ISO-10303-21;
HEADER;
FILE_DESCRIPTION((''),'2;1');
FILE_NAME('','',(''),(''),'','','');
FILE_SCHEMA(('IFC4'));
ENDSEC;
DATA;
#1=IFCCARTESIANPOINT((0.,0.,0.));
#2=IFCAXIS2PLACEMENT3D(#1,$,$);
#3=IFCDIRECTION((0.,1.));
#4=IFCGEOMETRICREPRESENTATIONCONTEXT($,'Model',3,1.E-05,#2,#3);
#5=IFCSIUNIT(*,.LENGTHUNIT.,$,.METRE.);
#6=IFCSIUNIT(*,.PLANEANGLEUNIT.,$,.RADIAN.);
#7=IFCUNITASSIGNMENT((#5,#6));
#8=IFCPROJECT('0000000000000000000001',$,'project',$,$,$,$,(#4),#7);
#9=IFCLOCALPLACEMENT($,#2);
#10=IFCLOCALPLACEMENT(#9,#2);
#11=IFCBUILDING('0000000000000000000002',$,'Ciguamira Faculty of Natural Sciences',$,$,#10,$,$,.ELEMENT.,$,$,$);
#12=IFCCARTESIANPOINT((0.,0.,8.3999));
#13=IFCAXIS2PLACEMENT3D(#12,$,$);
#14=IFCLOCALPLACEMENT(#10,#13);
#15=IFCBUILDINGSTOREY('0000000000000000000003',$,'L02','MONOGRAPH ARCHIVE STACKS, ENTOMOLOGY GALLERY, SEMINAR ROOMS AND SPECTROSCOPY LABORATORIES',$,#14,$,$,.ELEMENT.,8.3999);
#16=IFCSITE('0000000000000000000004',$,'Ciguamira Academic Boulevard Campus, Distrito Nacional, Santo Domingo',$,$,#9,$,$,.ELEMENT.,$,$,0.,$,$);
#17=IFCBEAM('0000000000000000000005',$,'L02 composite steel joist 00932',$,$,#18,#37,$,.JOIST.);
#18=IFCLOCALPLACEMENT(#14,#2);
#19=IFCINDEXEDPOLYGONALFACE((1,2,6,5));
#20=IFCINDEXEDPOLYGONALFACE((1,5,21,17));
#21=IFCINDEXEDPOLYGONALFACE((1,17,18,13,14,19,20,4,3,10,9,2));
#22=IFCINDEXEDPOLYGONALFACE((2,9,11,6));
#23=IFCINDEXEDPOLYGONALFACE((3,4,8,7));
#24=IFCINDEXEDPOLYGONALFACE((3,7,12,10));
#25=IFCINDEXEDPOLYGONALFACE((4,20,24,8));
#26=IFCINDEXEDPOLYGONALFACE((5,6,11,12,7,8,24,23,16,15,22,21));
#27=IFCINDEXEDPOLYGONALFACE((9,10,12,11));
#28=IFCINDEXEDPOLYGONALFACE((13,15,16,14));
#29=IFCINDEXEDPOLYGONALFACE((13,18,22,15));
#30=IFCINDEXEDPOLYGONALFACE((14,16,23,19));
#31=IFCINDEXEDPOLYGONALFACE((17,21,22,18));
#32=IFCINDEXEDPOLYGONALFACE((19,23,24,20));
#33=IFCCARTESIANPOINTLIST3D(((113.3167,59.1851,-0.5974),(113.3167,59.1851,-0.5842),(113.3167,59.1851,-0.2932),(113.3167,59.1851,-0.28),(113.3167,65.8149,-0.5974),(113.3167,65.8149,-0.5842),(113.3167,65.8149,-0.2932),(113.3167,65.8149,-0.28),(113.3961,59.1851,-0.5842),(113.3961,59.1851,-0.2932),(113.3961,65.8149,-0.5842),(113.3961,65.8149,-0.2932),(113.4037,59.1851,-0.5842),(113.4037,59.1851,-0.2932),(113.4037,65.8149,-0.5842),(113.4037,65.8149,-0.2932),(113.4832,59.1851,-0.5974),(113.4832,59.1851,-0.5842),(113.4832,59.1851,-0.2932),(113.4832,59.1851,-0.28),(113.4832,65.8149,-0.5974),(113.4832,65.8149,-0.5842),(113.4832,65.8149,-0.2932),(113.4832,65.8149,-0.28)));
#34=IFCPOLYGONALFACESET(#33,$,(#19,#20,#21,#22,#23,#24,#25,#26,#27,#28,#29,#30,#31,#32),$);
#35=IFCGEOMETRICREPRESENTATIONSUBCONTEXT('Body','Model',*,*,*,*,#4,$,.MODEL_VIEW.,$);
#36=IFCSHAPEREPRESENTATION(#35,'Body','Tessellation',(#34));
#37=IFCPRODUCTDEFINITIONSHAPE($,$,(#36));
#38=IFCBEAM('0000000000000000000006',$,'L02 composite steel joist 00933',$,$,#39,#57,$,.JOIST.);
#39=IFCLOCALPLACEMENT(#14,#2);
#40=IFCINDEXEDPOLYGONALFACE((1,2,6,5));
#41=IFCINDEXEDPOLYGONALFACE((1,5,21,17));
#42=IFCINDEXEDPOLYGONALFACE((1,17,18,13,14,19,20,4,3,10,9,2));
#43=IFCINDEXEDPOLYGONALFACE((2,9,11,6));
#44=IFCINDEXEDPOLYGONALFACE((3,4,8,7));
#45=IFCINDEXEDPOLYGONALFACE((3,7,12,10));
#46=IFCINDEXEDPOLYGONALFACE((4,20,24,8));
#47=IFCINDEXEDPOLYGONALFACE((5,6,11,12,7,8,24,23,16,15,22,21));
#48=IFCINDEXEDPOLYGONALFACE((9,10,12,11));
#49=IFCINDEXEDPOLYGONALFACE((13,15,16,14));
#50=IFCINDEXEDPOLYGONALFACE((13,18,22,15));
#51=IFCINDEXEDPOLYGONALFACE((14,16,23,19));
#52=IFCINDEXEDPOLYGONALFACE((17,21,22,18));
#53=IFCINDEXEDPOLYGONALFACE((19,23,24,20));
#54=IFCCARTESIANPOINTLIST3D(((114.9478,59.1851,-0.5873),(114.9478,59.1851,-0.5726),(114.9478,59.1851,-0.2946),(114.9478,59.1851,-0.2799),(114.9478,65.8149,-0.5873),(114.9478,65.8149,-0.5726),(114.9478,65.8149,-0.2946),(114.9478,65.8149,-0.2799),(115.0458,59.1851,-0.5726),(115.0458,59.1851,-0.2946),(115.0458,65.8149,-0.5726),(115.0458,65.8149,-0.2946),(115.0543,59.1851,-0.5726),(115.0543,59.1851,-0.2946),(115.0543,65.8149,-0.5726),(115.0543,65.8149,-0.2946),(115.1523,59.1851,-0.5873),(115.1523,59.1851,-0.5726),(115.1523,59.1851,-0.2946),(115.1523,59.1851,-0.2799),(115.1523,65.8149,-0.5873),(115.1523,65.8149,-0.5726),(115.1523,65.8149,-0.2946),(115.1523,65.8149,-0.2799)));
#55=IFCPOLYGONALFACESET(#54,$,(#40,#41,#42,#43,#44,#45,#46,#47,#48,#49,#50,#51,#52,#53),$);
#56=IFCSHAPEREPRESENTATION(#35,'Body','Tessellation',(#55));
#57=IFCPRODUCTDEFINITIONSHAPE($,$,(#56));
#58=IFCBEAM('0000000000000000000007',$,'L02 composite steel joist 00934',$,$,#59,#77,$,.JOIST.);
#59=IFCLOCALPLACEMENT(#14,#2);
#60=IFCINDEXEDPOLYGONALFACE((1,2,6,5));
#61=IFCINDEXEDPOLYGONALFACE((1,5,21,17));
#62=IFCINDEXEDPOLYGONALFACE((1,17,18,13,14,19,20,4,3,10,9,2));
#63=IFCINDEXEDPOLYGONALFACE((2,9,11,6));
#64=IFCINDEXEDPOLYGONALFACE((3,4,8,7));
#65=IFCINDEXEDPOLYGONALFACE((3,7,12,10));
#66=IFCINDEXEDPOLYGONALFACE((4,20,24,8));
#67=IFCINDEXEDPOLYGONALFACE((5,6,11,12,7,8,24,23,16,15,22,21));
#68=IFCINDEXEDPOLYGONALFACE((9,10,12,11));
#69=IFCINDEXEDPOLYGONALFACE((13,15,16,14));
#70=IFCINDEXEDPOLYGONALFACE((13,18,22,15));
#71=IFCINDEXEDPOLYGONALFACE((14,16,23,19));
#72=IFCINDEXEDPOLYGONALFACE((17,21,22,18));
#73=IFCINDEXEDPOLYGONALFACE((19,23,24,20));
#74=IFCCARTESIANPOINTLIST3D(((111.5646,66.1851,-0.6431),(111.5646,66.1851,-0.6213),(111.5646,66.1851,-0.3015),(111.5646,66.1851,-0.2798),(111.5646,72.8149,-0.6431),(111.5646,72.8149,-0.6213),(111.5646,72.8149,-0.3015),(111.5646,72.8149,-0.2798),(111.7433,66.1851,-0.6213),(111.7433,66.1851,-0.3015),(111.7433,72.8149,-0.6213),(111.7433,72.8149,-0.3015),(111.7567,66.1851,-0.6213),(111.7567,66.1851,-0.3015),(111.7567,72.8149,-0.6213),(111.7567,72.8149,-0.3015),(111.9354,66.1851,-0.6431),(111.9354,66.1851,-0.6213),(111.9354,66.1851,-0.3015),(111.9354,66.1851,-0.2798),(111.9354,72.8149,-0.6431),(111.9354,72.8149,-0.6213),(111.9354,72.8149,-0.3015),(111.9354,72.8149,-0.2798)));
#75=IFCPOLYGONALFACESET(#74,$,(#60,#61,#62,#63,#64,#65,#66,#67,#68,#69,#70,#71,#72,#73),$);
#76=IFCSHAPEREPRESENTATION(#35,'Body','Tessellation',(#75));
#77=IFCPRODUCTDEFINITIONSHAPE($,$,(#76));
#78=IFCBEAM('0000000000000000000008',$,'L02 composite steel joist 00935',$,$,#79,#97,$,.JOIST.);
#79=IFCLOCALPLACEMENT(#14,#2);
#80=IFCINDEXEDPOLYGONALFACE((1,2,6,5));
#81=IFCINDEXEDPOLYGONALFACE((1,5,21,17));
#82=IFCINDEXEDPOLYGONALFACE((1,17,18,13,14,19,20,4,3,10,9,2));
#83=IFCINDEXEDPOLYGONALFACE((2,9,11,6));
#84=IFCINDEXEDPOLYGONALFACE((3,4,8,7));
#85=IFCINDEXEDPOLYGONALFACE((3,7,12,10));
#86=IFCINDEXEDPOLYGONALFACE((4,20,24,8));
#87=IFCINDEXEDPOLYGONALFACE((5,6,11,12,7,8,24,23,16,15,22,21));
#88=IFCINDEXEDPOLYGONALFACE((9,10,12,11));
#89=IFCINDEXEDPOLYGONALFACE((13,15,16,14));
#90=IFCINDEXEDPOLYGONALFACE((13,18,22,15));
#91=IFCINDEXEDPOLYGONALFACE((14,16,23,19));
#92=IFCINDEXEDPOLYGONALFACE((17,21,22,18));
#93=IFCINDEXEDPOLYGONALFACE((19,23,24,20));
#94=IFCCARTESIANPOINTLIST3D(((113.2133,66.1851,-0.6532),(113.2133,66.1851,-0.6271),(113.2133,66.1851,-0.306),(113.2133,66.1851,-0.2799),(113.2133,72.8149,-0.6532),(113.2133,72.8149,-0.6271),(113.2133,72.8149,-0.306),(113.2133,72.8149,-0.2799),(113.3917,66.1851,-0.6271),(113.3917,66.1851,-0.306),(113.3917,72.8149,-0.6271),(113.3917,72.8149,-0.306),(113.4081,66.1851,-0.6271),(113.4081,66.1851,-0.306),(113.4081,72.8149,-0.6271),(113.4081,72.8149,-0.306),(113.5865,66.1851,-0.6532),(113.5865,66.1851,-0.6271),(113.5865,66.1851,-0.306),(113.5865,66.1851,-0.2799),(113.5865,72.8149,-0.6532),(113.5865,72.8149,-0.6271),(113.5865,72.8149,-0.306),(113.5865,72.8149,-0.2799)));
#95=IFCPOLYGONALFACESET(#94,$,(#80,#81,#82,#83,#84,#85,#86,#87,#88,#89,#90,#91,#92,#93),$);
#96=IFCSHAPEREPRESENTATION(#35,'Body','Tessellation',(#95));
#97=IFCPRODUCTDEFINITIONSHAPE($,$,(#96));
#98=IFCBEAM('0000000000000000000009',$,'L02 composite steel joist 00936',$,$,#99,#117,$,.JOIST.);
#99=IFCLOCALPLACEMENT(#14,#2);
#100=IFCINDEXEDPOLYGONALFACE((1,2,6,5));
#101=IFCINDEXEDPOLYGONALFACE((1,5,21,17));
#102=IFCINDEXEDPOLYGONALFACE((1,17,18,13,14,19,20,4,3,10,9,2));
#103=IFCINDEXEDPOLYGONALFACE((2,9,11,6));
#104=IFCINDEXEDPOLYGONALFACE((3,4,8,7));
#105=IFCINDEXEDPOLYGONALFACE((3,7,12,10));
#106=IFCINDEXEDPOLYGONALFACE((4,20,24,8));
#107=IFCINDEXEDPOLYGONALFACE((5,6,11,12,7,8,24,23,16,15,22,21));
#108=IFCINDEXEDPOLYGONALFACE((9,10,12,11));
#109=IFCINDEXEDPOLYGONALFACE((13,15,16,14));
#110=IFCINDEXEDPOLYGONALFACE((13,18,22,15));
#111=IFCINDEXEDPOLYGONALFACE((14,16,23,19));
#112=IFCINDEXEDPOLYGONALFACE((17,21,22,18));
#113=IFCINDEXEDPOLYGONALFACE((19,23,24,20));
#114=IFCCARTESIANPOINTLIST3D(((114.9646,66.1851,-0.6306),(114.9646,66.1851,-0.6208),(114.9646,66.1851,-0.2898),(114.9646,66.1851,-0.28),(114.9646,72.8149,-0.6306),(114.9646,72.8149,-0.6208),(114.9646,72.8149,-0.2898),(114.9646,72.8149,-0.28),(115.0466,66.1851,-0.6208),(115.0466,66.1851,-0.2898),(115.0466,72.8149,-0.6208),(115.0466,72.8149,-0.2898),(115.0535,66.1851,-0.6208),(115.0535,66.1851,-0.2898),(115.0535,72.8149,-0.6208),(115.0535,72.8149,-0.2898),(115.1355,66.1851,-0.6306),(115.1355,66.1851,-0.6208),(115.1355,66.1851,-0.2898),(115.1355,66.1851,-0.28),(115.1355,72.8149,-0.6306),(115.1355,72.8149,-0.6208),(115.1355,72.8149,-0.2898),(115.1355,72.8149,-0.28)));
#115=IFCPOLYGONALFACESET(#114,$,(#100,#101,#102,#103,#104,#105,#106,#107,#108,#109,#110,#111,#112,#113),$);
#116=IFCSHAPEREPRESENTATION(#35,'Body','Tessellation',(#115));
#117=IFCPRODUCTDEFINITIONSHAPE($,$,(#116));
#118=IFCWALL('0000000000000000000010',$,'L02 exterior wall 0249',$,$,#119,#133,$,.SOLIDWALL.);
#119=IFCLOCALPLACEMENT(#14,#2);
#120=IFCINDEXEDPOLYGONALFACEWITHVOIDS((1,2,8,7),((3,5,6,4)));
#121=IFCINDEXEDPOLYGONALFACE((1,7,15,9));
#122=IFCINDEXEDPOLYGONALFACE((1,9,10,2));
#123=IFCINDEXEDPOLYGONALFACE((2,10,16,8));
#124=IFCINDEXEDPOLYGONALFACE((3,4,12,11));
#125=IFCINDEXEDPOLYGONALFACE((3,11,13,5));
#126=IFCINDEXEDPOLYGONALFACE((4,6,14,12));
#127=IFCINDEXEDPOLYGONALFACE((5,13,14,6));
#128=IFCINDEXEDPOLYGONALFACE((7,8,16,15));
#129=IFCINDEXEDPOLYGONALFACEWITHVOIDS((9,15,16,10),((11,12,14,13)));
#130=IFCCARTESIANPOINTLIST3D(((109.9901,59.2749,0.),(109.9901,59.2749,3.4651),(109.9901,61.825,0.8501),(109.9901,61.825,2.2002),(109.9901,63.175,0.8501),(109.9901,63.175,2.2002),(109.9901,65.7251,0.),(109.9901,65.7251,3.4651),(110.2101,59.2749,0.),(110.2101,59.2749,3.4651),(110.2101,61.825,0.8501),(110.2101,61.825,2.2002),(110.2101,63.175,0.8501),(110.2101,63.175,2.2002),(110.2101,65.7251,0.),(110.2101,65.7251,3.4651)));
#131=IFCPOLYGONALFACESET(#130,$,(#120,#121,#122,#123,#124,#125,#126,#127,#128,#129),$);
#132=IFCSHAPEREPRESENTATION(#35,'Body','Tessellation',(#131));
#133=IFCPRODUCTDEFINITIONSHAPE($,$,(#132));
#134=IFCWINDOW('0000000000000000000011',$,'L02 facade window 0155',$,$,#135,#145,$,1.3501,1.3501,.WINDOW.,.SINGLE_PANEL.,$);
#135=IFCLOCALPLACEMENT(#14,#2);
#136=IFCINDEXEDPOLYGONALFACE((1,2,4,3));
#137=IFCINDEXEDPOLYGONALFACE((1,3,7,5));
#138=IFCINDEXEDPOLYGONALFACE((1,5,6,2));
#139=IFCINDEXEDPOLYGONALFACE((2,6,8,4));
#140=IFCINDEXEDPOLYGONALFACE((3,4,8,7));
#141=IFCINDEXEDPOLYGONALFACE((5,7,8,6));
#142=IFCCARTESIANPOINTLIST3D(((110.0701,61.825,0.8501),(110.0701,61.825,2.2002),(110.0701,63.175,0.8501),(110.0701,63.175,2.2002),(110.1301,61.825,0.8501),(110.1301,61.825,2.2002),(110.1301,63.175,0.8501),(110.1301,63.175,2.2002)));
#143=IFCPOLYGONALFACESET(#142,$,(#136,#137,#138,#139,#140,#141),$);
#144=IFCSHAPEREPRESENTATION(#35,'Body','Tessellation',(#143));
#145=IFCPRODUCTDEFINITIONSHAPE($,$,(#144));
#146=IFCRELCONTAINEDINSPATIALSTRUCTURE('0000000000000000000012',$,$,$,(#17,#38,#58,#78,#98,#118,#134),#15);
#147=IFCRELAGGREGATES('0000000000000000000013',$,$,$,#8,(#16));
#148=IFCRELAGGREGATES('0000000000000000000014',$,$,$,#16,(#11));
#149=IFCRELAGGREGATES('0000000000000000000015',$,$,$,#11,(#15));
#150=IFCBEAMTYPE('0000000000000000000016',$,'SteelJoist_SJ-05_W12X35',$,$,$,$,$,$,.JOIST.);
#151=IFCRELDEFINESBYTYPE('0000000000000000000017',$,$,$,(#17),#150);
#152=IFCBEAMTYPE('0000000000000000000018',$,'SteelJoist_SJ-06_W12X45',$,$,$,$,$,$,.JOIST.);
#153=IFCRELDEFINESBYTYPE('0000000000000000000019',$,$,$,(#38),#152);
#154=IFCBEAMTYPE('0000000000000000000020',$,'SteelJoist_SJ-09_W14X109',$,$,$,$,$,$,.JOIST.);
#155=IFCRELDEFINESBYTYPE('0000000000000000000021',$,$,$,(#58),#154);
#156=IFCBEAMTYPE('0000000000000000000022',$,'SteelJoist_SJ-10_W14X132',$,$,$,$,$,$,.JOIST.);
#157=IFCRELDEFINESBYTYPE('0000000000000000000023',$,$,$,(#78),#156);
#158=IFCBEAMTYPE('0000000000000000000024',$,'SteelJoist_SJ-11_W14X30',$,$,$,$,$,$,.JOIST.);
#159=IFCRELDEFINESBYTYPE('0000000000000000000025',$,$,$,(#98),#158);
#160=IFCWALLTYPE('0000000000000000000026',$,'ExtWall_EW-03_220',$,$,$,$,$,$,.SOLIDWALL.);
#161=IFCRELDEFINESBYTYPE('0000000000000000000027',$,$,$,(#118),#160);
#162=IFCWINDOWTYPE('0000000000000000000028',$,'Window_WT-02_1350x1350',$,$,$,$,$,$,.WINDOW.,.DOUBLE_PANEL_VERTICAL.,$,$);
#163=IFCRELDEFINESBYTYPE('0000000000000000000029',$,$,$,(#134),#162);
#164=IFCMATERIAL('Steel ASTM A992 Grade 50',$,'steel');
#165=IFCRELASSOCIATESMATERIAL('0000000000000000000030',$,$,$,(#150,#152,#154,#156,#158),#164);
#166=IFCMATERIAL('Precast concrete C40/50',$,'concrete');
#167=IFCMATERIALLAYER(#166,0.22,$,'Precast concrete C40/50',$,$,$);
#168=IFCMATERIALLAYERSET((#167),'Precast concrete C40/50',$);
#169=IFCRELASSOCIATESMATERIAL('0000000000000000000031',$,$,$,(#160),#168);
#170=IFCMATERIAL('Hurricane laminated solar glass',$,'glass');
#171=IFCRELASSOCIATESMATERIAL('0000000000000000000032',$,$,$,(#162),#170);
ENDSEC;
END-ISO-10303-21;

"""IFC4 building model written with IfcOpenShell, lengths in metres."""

from ifc_helpers import new_model, si_unit, direction, frame, frame_2d, origin, origin_2d, place, context, subcontext, project, spatial, rectangle, i_section, extrude, material, layer, layer_set, material_profile, profile_set, type_object, element, fill, save


model = new_model("IFC4")

# Units and contexts
model_context = context("Model", 3, precision=1e-05, world=origin(), true_north=direction((0.0, 1.0)))
body_context = subcontext(model_context, "Body", "Model", "MODEL_VIEW")
ifc_project = project(units=[si_unit("LENGTHUNIT", "METRE"), si_unit("PLANEANGLEUNIT", "RADIAN")], contexts=[model_context])

# Site, building, storey
site_placement = place(None, origin())
site = spatial("IfcSite", under=ifc_project, at=site_placement, Name="Ciguamira Academic Boulevard Campus, Distrito Nacional, Santo Domingo", CompositionType="ELEMENT", RefElevation=0.0)
building_placement = place(site_placement, origin())
building = spatial("IfcBuilding", under=site, at=building_placement, Name="Ciguamira Faculty of Natural Sciences", CompositionType="ELEMENT")
storey_placement = place(building_placement, frame((0.0, 0.0, 8.3999)))
storey = spatial("IfcBuildingStorey", under=building, at=storey_placement, Name="L02", Description="MONOGRAPH ARCHIVE STACKS, ENTOMOLOGY GALLERY, SEMINAR ROOMS AND SPECTROSCOPY LABORATORIES", CompositionType="ELEMENT", Elevation=8.3999)

# Beams
ifc_material_1 = material(Name="Precast concrete C40/50", Category="concrete")
ifc_material_2 = material(Name="Steel ASTM A992 Grade 50", Category="steel")
ifc_material_profile_1 = material_profile(ifc_material_2, i_section(OverallWidth=0.1665, OverallDepth=0.3174, WebThickness=0.0076, FlangeThickness=0.0132, at=origin_2d()), Name="W12X35")
ifc_profile_set_1 = profile_set([ifc_material_profile_1], Name="Steel ASTM A992 Grade 50")
beam_type_1 = type_object("IfcBeamType", Name="SteelJoist_SJ-05_W12X35", PredefinedType="JOIST", material=ifc_profile_set_1)
beam_1_placement = place(storey_placement, frame((113.3999, 59.1851, -0.4387), z_axis=(0.0, 1.0, 0.0), x_axis=(-1.0, 0.0, 0.0)))
element("IfcBeam", 1, at=beam_1_placement, inside=storey, type_object=beam_type_1, Name="L02 composite steel joist 00932", PredefinedType="JOIST", context=body_context, shape_type="SweptSolid", body=[
    extrude(i_section(OverallWidth=0.1665, OverallDepth=0.3174, WebThickness=0.0076, FlangeThickness=0.0132, at=origin_2d()), origin(), (0.0, 0.0, 1.0), 6.6299),
])
ifc_material_profile_2 = material_profile(ifc_material_2, i_section(OverallWidth=0.2046, OverallDepth=0.3074, WebThickness=0.0085, FlangeThickness=0.0146, at=origin_2d()), Name="W12X45")
ifc_profile_set_2 = profile_set([ifc_material_profile_2], Name="Steel ASTM A992 Grade 50")
beam_type_2 = type_object("IfcBeamType", Name="SteelJoist_SJ-06_W12X45", PredefinedType="JOIST", material=ifc_profile_set_2)
beam_2_placement = place(storey_placement, frame((115.05, 59.1851, -0.4336), z_axis=(0.0, 1.0, 0.0), x_axis=(-1.0, 0.0, 0.0)))
element("IfcBeam", 2, at=beam_2_placement, inside=storey, type_object=beam_type_2, Name="L02 composite steel joist 00933", PredefinedType="JOIST", context=body_context, shape_type="SweptSolid", body=[
    extrude(i_section(OverallWidth=0.2046, OverallDepth=0.3074, WebThickness=0.0085, FlangeThickness=0.0146, at=origin_2d()), origin(), (0.0, 0.0, 1.0), 6.6299),
])
ifc_material_profile_3 = material_profile(ifc_material_2, i_section(OverallWidth=0.3708, OverallDepth=0.3633, WebThickness=0.0134, FlangeThickness=0.0217, at=origin_2d()), Name="W14X109")
ifc_profile_set_3 = profile_set([ifc_material_profile_3], Name="Steel ASTM A992 Grade 50")
beam_type_3 = type_object("IfcBeamType", Name="SteelJoist_SJ-09_W14X109", PredefinedType="JOIST", material=ifc_profile_set_3)
beam_3_placement = place(storey_placement, frame((111.75, 66.1851, -0.4614), z_axis=(0.0, 1.0, 0.0), x_axis=(-1.0, 0.0, 0.0)))
element("IfcBeam", 3, at=beam_3_placement, inside=storey, type_object=beam_type_3, Name="L02 composite steel joist 00934", PredefinedType="JOIST", context=body_context, shape_type="SweptSolid", body=[
    extrude(i_section(OverallWidth=0.3708, OverallDepth=0.3633, WebThickness=0.0134, FlangeThickness=0.0217, at=origin_2d()), origin(), (0.0, 0.0, 1.0), 6.6299),
])
ifc_material_profile_4 = material_profile(ifc_material_2, i_section(OverallWidth=0.3733, OverallDepth=0.3733, WebThickness=0.0164, FlangeThickness=0.0261, at=origin_2d()), Name="W14X132")
ifc_profile_set_4 = profile_set([ifc_material_profile_4], Name="Steel ASTM A992 Grade 50")
beam_type_4 = type_object("IfcBeamType", Name="SteelJoist_SJ-10_W14X132", PredefinedType="JOIST", material=ifc_profile_set_4)
beam_4_placement = place(storey_placement, frame((113.3999, 66.1851, -0.4666), z_axis=(0.0, 1.0, 0.0), x_axis=(-1.0, 0.0, 0.0)))
element("IfcBeam", 4, at=beam_4_placement, inside=storey, type_object=beam_type_4, Name="L02 composite steel joist 00935", PredefinedType="JOIST", context=body_context, shape_type="SweptSolid", body=[
    extrude(i_section(OverallWidth=0.3733, OverallDepth=0.3733, WebThickness=0.0164, FlangeThickness=0.0261, at=origin_2d()), origin(), (0.0, 0.0, 1.0), 6.6299),
])
ifc_material_profile_5 = material_profile(ifc_material_2, i_section(OverallWidth=0.1709, OverallDepth=0.3506, WebThickness=0.0068, FlangeThickness=0.0098, at=origin_2d()), Name="W14X30")
ifc_profile_set_5 = profile_set([ifc_material_profile_5], Name="Steel ASTM A992 Grade 50")
beam_type_5 = type_object("IfcBeamType", Name="SteelJoist_SJ-11_W14X30", PredefinedType="JOIST", material=ifc_profile_set_5)
beam_5_placement = place(storey_placement, frame((115.05, 66.1851, -0.4553), z_axis=(0.0, 1.0, 0.0), x_axis=(-1.0, 0.0, 0.0)))
element("IfcBeam", 5, at=beam_5_placement, inside=storey, type_object=beam_type_5, Name="L02 composite steel joist 00936", PredefinedType="JOIST", context=body_context, shape_type="SweptSolid", body=[
    extrude(i_section(OverallWidth=0.1709, OverallDepth=0.3506, WebThickness=0.0068, FlangeThickness=0.0098, at=origin_2d()), origin(), (0.0, 0.0, 1.0), 6.6299),
])

# Wall, opening, window
ifc_layer = layer(ifc_material_1, 0.22, Name="Precast concrete C40/50")
ifc_layer_set = layer_set([ifc_layer], Name="Precast concrete C40/50")
wall_type = type_object("IfcWallType", Name="ExtWall_EW-03_220", PredefinedType="SOLIDWALL", material=ifc_layer_set)
wall_1_placement = place(storey_placement, frame((110.1001, 59.2749, 0.0), z_axis=(0.0, 0.0, 1.0), x_axis=(0.0, 1.0, 0.0)))
wall_1 = element("IfcWall", 6, at=wall_1_placement, inside=storey, type_object=wall_type, Name="L02 exterior wall 0249", PredefinedType="SOLIDWALL", context=body_context, shape_type="SweptSolid", body=[
    extrude(rectangle(XDim=6.4502, YDim=0.22, at=frame_2d((3.2251, 0.0))), origin(), (0.0, 0.0, 1.0), 3.4651),
])
opening_1_placement = place(wall_1_placement, frame((2.55, 0.0, 0.8501)))
opening_1 = element("IfcOpeningElement", 7, at=opening_1_placement, cuts=wall_1, PredefinedType="OPENING", context=body_context, shape_type="SweptSolid", body=[
    extrude(rectangle(XDim=1.3501, YDim=1.3501, at=frame_2d((0.675, 0.675))), frame((0.0, 0.1199, 0.0), z_axis=(0.0, -1.0, 0.0), x_axis=(1.0, 0.0, 0.0)), (0.0, 0.0, 1.0), 0.24),
])
ifc_material_3 = material(Name="Hurricane laminated solar glass", Category="glass")
window_type_1 = type_object("IfcWindowType", Name="Window_WT-02_1350x1350", PartitioningType="DOUBLE_PANEL_VERTICAL", PredefinedType="WINDOW", material=ifc_material_3)
window_1_placement = place(opening_1_placement, origin())
window_1 = element("IfcWindow", 8, at=window_1_placement, inside=storey, type_object=window_type_1, Name="L02 facade window 0155", OverallHeight=1.3501, OverallWidth=1.3501, PartitioningType="SINGLE_PANEL", PredefinedType="WINDOW", context=body_context, shape_type="SweptSolid", body=[
    extrude(rectangle(XDim=1.3501, YDim=1.3501, at=frame_2d((0.675, 0.675))), frame((0.0, 0.03, 0.0), z_axis=(0.0, -1.0, 0.0), x_axis=(1.0, 0.0, 0.0)), (0.0, 0.0, 1.0), 0.0601),
])
fill(opening_1, window_1)

save(model, "model.ifc")
